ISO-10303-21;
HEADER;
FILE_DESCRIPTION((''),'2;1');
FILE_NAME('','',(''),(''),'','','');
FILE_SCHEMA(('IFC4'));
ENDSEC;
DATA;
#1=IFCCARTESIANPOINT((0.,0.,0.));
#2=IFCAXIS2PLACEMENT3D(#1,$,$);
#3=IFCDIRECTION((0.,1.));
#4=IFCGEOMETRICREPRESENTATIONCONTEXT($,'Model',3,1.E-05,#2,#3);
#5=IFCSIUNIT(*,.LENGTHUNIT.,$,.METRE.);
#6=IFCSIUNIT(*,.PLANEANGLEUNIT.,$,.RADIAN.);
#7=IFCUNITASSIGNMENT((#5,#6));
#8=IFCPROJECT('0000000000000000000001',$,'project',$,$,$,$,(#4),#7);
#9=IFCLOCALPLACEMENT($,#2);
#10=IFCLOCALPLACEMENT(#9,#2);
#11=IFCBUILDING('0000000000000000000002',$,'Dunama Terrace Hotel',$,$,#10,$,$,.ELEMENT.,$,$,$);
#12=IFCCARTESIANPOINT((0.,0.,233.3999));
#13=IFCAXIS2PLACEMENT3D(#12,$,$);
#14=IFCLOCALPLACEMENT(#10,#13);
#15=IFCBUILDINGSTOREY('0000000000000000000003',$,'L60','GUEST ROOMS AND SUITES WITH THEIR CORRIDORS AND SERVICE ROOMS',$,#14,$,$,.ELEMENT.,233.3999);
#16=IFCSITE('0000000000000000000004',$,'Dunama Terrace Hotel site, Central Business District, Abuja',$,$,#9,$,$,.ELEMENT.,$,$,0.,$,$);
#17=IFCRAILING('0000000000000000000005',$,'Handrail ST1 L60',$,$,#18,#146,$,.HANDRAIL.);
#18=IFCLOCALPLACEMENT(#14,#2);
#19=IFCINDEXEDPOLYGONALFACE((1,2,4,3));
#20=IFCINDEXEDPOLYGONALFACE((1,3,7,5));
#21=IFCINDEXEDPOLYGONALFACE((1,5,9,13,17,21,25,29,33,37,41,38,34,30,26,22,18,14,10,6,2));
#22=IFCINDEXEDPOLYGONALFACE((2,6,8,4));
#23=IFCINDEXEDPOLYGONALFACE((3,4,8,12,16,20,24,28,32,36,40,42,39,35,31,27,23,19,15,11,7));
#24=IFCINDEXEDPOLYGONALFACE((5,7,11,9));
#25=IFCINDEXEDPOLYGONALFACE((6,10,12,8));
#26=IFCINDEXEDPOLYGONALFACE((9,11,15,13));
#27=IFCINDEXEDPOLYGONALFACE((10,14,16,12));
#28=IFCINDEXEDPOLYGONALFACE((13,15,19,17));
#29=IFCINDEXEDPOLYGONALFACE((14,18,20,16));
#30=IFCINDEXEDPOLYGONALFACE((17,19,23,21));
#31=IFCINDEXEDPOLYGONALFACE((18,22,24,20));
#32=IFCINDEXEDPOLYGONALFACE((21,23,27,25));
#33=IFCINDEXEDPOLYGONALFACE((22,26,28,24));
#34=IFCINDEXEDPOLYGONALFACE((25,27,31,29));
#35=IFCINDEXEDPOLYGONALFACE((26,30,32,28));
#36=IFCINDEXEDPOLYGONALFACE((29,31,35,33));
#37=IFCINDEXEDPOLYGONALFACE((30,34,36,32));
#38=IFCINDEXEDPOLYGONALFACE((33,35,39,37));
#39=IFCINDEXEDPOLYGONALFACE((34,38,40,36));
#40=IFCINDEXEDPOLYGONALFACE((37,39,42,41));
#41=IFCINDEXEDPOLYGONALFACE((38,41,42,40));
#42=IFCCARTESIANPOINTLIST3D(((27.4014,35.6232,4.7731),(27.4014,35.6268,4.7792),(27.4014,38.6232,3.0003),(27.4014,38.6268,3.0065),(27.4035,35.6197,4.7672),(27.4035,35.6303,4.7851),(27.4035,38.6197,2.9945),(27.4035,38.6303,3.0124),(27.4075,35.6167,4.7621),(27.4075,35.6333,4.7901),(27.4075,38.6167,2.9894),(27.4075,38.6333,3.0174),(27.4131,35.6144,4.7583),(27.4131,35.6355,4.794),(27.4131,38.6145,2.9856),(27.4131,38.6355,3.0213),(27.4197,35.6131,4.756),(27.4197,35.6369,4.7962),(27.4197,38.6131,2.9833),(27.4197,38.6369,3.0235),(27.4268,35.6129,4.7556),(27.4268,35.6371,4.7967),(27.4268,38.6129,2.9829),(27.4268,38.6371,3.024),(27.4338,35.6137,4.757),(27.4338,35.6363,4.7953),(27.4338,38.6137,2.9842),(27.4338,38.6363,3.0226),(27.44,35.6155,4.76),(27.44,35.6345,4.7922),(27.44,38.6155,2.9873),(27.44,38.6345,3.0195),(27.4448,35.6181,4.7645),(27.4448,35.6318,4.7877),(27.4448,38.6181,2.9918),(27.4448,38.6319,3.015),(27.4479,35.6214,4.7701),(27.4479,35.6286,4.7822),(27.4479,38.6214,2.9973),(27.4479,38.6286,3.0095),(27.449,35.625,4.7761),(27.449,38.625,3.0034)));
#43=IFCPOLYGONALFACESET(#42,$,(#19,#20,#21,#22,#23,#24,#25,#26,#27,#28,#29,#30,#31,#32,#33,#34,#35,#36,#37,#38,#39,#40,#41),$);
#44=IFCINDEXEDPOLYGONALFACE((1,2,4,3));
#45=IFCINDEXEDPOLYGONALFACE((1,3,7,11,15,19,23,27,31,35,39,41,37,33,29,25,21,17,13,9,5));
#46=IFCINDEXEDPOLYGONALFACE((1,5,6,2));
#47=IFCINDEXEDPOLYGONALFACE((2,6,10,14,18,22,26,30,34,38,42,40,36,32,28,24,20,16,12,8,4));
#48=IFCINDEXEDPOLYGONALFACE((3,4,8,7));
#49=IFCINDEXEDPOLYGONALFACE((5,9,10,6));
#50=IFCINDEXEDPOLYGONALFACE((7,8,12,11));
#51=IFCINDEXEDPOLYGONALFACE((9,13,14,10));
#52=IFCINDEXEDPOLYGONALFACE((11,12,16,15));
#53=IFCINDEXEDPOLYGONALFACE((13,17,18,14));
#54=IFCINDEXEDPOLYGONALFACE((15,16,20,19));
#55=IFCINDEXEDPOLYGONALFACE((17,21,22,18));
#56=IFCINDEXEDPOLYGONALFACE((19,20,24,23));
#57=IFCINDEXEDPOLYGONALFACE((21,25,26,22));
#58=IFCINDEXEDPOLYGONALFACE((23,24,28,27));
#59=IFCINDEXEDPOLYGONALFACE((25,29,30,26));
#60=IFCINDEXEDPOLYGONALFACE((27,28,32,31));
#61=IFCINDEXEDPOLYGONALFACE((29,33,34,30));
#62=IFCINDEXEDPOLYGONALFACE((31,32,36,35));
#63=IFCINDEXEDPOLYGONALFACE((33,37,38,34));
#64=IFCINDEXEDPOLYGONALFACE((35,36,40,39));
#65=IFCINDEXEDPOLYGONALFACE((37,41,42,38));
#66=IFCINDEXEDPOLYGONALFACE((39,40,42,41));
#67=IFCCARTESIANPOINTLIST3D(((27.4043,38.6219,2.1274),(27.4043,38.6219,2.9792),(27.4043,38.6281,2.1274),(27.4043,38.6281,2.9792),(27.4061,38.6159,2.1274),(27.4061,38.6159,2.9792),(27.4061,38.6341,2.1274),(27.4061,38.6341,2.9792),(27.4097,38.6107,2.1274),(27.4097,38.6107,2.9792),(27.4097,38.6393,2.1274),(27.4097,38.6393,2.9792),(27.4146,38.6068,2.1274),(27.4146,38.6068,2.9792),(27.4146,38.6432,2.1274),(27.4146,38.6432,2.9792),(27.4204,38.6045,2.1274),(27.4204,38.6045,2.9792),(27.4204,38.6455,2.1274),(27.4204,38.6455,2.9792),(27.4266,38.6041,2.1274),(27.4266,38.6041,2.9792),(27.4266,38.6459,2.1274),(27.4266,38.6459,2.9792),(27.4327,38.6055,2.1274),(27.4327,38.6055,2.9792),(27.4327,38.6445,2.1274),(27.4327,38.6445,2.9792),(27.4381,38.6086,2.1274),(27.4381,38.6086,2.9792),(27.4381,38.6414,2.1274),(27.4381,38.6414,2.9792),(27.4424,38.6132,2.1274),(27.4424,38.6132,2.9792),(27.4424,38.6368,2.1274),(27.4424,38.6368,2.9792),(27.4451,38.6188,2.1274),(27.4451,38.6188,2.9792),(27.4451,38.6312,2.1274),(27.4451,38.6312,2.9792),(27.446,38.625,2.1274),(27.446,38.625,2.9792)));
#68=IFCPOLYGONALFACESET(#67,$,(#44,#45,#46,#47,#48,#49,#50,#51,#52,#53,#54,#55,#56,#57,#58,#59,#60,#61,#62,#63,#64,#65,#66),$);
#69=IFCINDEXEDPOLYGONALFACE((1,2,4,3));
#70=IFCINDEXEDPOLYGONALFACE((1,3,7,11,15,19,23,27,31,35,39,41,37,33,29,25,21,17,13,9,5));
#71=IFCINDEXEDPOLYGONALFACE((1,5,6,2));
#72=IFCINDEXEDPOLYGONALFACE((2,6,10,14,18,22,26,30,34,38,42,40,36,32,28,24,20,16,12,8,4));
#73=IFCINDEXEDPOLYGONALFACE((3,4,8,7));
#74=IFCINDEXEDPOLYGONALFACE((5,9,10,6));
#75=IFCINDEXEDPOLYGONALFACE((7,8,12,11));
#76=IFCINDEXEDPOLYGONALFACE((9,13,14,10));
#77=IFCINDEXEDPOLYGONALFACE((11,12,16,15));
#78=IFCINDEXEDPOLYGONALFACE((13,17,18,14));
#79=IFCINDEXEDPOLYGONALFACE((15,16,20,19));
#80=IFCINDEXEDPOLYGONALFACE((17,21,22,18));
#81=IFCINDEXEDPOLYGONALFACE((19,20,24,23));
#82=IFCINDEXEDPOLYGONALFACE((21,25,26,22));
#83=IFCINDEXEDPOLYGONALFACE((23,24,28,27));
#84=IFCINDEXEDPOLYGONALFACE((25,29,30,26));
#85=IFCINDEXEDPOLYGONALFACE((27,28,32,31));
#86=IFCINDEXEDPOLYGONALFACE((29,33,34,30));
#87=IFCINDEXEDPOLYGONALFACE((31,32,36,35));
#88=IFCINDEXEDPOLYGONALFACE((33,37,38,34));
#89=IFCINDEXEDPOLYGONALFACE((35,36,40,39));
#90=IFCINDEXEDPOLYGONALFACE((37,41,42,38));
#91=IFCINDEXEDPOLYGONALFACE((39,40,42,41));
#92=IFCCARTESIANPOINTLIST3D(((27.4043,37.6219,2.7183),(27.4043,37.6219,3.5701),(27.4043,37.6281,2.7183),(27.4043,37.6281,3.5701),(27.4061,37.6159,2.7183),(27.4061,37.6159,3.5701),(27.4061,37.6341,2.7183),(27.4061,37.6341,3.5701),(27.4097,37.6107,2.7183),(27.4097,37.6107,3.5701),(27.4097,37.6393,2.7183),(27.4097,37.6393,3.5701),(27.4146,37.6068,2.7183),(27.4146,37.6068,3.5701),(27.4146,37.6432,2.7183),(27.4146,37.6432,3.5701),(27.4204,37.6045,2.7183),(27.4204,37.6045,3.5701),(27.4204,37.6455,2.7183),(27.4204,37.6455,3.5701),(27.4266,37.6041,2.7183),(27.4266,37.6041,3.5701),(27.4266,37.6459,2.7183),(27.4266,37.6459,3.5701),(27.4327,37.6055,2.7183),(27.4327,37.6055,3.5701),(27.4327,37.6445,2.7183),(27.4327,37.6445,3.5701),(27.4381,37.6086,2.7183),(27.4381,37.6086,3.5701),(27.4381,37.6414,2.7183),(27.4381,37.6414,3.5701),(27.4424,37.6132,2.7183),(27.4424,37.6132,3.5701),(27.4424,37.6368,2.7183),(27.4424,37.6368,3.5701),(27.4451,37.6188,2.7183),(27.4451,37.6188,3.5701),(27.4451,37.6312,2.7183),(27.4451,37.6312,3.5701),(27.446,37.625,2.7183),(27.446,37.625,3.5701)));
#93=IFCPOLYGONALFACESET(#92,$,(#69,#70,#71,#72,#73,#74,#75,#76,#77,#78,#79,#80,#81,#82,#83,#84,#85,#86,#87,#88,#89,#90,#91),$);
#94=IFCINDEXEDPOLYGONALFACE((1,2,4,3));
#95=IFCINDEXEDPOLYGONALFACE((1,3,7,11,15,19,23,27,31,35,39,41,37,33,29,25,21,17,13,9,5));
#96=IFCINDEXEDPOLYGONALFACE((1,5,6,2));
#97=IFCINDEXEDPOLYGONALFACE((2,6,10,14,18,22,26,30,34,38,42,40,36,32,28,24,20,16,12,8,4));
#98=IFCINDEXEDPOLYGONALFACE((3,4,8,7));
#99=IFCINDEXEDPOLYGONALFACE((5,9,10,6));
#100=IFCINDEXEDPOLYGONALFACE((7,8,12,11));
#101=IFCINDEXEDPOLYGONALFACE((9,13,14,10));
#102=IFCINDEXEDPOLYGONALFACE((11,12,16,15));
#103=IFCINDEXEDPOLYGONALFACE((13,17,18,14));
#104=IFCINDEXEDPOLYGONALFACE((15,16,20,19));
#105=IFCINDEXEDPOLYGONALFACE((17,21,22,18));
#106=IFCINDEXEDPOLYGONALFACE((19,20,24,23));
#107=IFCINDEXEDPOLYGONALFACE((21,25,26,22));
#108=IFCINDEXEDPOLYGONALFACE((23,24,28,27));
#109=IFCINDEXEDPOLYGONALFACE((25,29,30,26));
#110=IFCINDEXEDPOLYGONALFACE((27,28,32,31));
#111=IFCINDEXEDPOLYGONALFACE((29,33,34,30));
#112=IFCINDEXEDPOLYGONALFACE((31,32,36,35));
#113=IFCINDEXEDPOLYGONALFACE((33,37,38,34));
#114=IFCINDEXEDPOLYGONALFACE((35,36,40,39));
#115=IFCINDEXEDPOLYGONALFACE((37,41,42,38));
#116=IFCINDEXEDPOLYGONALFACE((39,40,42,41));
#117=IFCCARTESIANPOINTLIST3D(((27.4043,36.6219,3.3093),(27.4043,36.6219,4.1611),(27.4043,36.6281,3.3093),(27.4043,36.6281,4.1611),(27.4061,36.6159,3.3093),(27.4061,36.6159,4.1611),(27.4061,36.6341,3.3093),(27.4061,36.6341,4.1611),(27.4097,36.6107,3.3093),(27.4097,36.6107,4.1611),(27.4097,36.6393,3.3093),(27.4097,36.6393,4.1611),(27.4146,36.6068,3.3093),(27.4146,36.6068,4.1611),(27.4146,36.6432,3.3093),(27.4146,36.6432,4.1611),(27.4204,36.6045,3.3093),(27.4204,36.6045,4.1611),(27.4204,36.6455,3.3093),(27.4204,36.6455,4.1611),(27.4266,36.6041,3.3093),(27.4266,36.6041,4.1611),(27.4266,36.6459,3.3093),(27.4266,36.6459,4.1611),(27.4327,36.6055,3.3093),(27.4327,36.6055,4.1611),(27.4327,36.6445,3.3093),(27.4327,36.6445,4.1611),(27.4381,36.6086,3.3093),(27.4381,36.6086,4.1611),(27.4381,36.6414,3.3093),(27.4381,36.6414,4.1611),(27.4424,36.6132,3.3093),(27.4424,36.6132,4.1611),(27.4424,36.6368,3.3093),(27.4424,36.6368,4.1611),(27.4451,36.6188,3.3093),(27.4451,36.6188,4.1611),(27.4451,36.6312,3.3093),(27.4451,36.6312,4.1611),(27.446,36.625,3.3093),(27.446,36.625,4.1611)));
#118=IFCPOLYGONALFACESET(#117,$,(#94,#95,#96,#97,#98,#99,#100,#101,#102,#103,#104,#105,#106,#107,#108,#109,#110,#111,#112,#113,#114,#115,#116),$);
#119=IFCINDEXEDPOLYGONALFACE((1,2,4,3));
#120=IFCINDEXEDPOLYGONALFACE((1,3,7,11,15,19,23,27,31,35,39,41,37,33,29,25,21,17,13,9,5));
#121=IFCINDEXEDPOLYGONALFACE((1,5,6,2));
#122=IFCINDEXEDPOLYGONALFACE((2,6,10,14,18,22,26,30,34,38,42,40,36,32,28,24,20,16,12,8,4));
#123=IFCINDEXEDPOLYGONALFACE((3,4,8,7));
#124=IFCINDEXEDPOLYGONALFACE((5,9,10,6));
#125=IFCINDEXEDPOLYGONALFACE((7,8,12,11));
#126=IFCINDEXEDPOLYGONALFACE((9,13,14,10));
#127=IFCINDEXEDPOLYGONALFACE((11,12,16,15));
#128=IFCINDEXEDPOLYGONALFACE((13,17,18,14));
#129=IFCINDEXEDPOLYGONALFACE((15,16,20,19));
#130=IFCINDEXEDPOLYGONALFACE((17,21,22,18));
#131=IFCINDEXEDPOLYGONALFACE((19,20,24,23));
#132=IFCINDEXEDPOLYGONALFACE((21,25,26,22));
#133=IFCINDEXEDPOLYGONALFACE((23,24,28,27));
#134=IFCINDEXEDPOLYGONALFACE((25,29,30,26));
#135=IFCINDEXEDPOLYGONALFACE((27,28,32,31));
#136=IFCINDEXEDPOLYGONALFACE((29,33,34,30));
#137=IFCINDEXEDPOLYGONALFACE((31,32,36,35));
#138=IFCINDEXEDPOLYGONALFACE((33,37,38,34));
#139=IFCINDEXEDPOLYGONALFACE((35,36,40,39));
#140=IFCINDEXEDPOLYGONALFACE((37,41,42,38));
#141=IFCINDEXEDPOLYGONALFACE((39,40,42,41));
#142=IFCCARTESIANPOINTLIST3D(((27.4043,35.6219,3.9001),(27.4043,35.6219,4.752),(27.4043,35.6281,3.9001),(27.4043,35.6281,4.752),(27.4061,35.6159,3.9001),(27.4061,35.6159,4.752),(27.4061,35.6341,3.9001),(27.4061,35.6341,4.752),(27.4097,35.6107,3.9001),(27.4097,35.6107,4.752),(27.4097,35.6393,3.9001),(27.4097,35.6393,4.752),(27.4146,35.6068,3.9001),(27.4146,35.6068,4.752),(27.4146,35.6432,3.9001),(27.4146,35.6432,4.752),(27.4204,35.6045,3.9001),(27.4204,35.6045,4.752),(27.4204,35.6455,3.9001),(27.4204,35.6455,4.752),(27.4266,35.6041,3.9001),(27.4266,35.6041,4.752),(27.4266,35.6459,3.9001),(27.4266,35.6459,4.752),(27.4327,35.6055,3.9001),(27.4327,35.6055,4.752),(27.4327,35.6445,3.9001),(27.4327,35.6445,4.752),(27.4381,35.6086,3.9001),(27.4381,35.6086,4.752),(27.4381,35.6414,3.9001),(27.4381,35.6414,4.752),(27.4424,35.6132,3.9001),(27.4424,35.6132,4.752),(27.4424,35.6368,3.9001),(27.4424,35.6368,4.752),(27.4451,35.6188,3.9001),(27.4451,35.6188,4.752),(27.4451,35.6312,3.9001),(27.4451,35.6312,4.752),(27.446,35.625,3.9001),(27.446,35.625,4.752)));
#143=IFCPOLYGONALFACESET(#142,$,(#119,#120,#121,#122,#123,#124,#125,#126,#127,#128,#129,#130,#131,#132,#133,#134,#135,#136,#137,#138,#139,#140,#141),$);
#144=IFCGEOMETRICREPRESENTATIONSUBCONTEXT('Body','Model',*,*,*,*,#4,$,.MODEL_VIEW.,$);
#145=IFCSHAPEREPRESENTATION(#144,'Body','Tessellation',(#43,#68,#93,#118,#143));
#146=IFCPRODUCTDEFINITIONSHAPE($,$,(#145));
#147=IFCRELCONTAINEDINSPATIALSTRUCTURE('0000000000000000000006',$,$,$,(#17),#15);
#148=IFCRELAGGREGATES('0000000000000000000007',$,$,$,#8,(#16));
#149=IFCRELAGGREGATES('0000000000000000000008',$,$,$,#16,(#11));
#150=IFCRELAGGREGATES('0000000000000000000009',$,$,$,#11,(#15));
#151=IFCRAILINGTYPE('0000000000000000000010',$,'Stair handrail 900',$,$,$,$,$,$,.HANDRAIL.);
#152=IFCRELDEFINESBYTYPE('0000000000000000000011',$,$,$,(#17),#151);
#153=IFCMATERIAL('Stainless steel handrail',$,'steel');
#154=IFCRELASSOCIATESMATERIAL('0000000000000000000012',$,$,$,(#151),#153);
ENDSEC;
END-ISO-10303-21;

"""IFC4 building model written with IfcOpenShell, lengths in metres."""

from ifc_helpers import new_model, si_unit, direction, frame, origin, origin_2d, place, context, subcontext, project, spatial, circle, extrude, material, type_object, element, save


model = new_model("IFC4")

# Units and contexts
model_context = context("Model", 3, precision=1e-05, world=origin(), true_north=direction((0.0, 1.0)))
body_context = subcontext(model_context, "Body", "Model", "MODEL_VIEW")
ifc_project = project(units=[si_unit("LENGTHUNIT", "METRE"), si_unit("PLANEANGLEUNIT", "RADIAN")], contexts=[model_context])

# Site, building, storey
site_placement = place(None, origin())
site = spatial("IfcSite", under=ifc_project, at=site_placement, Name="Dunama Terrace Hotel site, Central Business District, Abuja", CompositionType="ELEMENT", RefElevation=0.0)
building_placement = place(site_placement, origin())
building = spatial("IfcBuilding", under=site, at=building_placement, Name="Dunama Terrace Hotel", CompositionType="ELEMENT")
storey_placement = place(building_placement, frame((0.0, 0.0, 233.3999)))
storey = spatial("IfcBuildingStorey", under=building, at=storey_placement, Name="L60", Description="GUEST ROOMS AND SUITES WITH THEIR CORRIDORS AND SERVICE ROOMS", CompositionType="ELEMENT", Elevation=233.3999)

# Railing
ifc_material_1 = material(Name="Stainless steel handrail", Category="steel")
railing_type = type_object("IfcRailingType", Name="Stair handrail 900", PredefinedType="HANDRAIL", material=ifc_material_1)
railing_1_placement = place(storey_placement, frame((27.425, 38.625, 2.1274)))
element("IfcRailing", 1, at=railing_1_placement, inside=storey, type_object=railing_type, Name="Handrail ST1 L60", PredefinedType="HANDRAIL", context=body_context, shape_type="SweptSolid", body=[
    extrude(circle(Radius=0.0239, at=origin_2d()), frame((0.0, 0.0, 0.876), z_axis=(0.0, -0.860929, 0.508725), x_axis=(1.0, 0.0, 0.0)), (0.0, 0.0, 1.0), 3.4846),
    extrude(circle(Radius=0.021, at=origin_2d()), origin(), (0.0, 0.0, 1.0), 0.8518),
    extrude(circle(Radius=0.021, at=origin_2d()), frame((0.0, -1.0, 0.5908)), (0.0, 0.0, 1.0), 0.8518),
    extrude(circle(Radius=0.021, at=origin_2d()), frame((0.0, -2.0, 1.1819)), (0.0, 0.0, 1.0), 0.8518),
    extrude(circle(Radius=0.021, at=origin_2d()), frame((0.0, -3.0, 1.7727)), (0.0, 0.0, 1.0), 0.8518),
])

save(model, "model.ifc")
